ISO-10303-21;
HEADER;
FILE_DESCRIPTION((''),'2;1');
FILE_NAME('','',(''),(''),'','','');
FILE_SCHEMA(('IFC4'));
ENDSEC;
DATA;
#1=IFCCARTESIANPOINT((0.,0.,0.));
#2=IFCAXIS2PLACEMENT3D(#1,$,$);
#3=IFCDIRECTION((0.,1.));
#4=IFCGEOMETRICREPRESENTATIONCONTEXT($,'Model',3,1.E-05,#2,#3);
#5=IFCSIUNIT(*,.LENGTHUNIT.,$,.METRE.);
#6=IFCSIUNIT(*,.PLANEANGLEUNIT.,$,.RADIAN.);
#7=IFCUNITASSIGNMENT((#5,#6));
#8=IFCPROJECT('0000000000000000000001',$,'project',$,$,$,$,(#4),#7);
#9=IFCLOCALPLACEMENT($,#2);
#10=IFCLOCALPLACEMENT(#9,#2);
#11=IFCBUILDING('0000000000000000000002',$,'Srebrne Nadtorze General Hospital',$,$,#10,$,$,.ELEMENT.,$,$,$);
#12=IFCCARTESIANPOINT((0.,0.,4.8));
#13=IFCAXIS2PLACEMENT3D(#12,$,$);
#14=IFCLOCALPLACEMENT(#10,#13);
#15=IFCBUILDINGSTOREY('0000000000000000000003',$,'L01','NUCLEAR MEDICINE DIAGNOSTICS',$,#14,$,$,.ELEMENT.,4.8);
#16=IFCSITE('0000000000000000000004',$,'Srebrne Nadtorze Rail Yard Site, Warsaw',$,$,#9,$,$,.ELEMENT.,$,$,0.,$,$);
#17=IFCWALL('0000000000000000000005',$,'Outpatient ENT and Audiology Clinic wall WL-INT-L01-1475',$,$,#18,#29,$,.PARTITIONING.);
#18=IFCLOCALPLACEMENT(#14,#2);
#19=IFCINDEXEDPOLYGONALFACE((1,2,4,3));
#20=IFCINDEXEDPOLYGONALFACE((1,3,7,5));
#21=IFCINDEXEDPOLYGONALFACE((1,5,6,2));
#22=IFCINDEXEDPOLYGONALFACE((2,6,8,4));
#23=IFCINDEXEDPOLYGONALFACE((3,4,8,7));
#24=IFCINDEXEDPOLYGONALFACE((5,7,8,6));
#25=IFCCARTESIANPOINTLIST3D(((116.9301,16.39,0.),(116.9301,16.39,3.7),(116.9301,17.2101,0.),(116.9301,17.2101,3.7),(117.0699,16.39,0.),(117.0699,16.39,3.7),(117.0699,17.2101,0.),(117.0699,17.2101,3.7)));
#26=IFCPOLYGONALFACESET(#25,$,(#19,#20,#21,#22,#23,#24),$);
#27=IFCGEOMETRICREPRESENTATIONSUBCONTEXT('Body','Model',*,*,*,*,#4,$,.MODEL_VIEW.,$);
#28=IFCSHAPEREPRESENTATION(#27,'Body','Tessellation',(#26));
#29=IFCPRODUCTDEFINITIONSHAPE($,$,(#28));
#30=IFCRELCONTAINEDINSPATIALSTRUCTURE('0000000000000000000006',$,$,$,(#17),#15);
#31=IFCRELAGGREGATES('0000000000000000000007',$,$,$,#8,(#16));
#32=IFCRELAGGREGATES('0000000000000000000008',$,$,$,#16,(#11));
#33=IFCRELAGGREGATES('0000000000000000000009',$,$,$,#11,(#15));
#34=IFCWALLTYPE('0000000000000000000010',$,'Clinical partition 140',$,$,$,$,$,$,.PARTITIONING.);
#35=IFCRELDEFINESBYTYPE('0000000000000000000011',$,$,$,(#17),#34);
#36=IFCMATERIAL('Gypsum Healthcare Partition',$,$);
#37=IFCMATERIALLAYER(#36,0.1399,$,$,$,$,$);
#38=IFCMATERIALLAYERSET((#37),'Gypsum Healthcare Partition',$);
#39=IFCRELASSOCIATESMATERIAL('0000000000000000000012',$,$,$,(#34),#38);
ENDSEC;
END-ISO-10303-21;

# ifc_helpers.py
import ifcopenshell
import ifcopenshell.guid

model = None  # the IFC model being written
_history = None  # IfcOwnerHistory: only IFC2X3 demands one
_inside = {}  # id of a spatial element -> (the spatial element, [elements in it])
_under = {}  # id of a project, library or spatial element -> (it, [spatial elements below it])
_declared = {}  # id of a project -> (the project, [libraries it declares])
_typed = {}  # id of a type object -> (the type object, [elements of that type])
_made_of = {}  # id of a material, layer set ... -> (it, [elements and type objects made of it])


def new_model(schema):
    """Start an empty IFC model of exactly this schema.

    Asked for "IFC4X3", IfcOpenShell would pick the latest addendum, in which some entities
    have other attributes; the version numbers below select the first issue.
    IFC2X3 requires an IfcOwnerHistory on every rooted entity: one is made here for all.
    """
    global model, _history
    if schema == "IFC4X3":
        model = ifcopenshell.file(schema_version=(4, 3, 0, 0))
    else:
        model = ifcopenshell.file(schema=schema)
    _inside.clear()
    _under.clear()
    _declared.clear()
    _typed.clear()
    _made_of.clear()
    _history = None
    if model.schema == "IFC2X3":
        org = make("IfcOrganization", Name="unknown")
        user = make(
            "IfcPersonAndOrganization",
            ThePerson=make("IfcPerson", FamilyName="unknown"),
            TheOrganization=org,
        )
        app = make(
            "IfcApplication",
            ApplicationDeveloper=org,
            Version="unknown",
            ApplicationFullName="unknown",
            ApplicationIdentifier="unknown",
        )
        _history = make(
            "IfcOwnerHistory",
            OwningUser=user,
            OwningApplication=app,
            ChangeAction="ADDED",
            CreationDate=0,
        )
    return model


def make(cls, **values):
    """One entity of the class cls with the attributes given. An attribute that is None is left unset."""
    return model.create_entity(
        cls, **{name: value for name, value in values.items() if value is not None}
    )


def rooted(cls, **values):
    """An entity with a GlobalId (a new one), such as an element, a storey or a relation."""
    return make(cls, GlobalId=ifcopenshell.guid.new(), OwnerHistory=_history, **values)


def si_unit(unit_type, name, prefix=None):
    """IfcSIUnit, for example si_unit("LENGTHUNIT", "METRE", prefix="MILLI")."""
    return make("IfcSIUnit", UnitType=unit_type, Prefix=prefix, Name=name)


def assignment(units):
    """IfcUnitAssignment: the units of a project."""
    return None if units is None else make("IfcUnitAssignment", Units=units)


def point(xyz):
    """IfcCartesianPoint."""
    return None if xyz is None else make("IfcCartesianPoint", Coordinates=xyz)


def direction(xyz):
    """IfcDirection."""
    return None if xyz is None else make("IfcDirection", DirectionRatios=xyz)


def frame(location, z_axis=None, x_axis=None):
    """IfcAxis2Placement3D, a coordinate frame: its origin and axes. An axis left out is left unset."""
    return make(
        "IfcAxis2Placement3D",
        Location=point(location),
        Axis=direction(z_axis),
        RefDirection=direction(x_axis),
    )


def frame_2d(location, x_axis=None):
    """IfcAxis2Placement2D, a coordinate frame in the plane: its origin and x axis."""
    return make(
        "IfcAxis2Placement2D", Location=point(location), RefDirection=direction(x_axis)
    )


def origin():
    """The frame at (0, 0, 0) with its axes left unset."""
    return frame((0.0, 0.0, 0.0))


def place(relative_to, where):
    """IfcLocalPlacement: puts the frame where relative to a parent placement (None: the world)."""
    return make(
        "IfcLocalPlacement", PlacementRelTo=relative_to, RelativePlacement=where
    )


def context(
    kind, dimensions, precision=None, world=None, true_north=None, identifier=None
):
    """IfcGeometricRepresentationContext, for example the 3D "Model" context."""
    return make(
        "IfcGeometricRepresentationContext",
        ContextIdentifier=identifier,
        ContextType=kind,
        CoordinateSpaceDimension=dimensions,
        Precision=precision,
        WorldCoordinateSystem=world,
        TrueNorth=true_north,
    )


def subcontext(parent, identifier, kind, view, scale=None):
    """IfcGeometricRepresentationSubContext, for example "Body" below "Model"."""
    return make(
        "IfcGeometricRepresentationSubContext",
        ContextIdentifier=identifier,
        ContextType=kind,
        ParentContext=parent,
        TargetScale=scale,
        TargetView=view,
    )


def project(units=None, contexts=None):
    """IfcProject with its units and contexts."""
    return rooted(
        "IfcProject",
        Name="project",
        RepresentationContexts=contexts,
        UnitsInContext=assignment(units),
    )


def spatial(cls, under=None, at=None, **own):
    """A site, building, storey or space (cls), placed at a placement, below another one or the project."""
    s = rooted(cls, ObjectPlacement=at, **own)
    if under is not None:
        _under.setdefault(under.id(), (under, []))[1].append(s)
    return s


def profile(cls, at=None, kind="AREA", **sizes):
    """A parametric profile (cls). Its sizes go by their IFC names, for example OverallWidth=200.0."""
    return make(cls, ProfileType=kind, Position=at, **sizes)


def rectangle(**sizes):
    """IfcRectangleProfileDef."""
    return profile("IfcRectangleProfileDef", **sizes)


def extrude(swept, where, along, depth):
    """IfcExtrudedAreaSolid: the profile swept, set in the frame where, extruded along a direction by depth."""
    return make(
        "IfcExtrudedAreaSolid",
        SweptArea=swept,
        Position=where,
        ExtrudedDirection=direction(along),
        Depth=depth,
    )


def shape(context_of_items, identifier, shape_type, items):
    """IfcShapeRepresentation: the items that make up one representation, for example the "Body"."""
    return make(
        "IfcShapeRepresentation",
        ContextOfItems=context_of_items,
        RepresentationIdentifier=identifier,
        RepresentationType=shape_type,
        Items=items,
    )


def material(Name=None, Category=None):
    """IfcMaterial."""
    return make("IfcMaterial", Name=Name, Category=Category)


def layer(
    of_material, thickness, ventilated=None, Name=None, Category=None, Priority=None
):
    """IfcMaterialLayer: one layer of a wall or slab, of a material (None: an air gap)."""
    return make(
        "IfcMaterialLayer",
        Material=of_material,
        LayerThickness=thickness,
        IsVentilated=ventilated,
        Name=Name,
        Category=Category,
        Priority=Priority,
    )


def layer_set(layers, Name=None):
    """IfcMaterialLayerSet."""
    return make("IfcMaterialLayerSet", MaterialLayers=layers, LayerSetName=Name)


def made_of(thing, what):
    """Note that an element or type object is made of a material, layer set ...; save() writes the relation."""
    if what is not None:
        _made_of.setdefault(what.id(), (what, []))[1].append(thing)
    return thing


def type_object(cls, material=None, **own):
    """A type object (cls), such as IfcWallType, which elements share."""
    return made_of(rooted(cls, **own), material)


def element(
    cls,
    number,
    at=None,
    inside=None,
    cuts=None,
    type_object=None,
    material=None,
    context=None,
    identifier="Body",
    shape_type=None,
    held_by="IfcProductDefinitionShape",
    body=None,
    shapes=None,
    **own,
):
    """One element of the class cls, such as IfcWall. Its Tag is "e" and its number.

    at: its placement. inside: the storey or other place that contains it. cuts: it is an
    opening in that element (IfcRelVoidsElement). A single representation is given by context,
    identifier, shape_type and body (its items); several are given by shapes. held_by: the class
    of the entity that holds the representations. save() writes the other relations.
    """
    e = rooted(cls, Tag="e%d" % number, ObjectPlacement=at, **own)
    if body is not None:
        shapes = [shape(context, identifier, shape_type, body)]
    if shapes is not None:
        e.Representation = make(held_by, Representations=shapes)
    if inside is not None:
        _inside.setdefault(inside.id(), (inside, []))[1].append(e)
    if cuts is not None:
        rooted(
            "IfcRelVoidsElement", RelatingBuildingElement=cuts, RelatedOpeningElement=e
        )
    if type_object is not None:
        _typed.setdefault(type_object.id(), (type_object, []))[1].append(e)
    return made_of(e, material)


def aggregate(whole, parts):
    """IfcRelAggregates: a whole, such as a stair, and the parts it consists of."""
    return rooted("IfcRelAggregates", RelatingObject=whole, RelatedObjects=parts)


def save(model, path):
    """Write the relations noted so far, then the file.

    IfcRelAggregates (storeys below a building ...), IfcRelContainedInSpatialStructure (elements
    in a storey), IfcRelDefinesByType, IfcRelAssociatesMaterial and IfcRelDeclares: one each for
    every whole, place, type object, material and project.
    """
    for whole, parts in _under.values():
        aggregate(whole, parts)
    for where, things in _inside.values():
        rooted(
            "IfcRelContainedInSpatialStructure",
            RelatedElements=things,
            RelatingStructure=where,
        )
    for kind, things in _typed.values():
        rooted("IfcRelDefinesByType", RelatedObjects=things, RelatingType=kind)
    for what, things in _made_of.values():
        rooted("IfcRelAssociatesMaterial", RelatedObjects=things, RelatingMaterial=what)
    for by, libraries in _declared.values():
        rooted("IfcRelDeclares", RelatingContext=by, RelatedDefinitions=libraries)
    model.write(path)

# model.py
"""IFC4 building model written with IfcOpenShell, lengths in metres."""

from ifc_helpers import new_model, si_unit, direction, frame, frame_2d, origin, place, context, subcontext, project, spatial, rectangle, extrude, material, layer, layer_set, type_object, element, save


model = new_model("IFC4")

# Units and contexts
model_context = context("Model", 3, precision=1e-05, world=origin(), true_north=direction((0.0, 1.0)))
body_context = subcontext(model_context, "Body", "Model", "MODEL_VIEW")
ifc_project = project(units=[si_unit("LENGTHUNIT", "METRE"), si_unit("PLANEANGLEUNIT", "RADIAN")], contexts=[model_context])

# Site, building, storey
site_placement = place(None, origin())
site = spatial("IfcSite", under=ifc_project, at=site_placement, Name="Srebrne Nadtorze Rail Yard Site, Warsaw", CompositionType="ELEMENT", RefElevation=0.0)
building_placement = place(site_placement, origin())
building = spatial("IfcBuilding", under=site, at=building_placement, Name="Srebrne Nadtorze General Hospital", CompositionType="ELEMENT")
storey_placement = place(building_placement, frame((0.0, 0.0, 4.8)))
storey = spatial("IfcBuildingStorey", under=building, at=storey_placement, Name="L01", Description="NUCLEAR MEDICINE DIAGNOSTICS", CompositionType="ELEMENT", Elevation=4.8)

# Wall
ifc_material_1 = material(Name="Gypsum Healthcare Partition")
ifc_layer_1 = layer(ifc_material_1, 0.1399)
ifc_layer_set_1 = layer_set([ifc_layer_1], Name="Gypsum Healthcare Partition")
wall_type = type_object("IfcWallType", Name="Clinical partition 140", PredefinedType="PARTITIONING", material=ifc_layer_set_1)
wall_placement = place(storey_placement, frame((117.0, 16.3899, 0.0), z_axis=(0.0, 0.0, 1.0), x_axis=(0.0, 1.0, 0.0)))
element("IfcWall", 1, at=wall_placement, inside=storey, type_object=wall_type, Name="Outpatient ENT and Audiology Clinic wall WL-INT-L01-1475", PredefinedType="PARTITIONING", context=body_context, shape_type="SweptSolid", body=[
    extrude(rectangle(XDim=0.8201, YDim=0.1399, at=frame_2d((0.4102, 0.0))), origin(), (0.0, 0.0, 1.0), 3.7),
])

save(model, "model.ifc")
